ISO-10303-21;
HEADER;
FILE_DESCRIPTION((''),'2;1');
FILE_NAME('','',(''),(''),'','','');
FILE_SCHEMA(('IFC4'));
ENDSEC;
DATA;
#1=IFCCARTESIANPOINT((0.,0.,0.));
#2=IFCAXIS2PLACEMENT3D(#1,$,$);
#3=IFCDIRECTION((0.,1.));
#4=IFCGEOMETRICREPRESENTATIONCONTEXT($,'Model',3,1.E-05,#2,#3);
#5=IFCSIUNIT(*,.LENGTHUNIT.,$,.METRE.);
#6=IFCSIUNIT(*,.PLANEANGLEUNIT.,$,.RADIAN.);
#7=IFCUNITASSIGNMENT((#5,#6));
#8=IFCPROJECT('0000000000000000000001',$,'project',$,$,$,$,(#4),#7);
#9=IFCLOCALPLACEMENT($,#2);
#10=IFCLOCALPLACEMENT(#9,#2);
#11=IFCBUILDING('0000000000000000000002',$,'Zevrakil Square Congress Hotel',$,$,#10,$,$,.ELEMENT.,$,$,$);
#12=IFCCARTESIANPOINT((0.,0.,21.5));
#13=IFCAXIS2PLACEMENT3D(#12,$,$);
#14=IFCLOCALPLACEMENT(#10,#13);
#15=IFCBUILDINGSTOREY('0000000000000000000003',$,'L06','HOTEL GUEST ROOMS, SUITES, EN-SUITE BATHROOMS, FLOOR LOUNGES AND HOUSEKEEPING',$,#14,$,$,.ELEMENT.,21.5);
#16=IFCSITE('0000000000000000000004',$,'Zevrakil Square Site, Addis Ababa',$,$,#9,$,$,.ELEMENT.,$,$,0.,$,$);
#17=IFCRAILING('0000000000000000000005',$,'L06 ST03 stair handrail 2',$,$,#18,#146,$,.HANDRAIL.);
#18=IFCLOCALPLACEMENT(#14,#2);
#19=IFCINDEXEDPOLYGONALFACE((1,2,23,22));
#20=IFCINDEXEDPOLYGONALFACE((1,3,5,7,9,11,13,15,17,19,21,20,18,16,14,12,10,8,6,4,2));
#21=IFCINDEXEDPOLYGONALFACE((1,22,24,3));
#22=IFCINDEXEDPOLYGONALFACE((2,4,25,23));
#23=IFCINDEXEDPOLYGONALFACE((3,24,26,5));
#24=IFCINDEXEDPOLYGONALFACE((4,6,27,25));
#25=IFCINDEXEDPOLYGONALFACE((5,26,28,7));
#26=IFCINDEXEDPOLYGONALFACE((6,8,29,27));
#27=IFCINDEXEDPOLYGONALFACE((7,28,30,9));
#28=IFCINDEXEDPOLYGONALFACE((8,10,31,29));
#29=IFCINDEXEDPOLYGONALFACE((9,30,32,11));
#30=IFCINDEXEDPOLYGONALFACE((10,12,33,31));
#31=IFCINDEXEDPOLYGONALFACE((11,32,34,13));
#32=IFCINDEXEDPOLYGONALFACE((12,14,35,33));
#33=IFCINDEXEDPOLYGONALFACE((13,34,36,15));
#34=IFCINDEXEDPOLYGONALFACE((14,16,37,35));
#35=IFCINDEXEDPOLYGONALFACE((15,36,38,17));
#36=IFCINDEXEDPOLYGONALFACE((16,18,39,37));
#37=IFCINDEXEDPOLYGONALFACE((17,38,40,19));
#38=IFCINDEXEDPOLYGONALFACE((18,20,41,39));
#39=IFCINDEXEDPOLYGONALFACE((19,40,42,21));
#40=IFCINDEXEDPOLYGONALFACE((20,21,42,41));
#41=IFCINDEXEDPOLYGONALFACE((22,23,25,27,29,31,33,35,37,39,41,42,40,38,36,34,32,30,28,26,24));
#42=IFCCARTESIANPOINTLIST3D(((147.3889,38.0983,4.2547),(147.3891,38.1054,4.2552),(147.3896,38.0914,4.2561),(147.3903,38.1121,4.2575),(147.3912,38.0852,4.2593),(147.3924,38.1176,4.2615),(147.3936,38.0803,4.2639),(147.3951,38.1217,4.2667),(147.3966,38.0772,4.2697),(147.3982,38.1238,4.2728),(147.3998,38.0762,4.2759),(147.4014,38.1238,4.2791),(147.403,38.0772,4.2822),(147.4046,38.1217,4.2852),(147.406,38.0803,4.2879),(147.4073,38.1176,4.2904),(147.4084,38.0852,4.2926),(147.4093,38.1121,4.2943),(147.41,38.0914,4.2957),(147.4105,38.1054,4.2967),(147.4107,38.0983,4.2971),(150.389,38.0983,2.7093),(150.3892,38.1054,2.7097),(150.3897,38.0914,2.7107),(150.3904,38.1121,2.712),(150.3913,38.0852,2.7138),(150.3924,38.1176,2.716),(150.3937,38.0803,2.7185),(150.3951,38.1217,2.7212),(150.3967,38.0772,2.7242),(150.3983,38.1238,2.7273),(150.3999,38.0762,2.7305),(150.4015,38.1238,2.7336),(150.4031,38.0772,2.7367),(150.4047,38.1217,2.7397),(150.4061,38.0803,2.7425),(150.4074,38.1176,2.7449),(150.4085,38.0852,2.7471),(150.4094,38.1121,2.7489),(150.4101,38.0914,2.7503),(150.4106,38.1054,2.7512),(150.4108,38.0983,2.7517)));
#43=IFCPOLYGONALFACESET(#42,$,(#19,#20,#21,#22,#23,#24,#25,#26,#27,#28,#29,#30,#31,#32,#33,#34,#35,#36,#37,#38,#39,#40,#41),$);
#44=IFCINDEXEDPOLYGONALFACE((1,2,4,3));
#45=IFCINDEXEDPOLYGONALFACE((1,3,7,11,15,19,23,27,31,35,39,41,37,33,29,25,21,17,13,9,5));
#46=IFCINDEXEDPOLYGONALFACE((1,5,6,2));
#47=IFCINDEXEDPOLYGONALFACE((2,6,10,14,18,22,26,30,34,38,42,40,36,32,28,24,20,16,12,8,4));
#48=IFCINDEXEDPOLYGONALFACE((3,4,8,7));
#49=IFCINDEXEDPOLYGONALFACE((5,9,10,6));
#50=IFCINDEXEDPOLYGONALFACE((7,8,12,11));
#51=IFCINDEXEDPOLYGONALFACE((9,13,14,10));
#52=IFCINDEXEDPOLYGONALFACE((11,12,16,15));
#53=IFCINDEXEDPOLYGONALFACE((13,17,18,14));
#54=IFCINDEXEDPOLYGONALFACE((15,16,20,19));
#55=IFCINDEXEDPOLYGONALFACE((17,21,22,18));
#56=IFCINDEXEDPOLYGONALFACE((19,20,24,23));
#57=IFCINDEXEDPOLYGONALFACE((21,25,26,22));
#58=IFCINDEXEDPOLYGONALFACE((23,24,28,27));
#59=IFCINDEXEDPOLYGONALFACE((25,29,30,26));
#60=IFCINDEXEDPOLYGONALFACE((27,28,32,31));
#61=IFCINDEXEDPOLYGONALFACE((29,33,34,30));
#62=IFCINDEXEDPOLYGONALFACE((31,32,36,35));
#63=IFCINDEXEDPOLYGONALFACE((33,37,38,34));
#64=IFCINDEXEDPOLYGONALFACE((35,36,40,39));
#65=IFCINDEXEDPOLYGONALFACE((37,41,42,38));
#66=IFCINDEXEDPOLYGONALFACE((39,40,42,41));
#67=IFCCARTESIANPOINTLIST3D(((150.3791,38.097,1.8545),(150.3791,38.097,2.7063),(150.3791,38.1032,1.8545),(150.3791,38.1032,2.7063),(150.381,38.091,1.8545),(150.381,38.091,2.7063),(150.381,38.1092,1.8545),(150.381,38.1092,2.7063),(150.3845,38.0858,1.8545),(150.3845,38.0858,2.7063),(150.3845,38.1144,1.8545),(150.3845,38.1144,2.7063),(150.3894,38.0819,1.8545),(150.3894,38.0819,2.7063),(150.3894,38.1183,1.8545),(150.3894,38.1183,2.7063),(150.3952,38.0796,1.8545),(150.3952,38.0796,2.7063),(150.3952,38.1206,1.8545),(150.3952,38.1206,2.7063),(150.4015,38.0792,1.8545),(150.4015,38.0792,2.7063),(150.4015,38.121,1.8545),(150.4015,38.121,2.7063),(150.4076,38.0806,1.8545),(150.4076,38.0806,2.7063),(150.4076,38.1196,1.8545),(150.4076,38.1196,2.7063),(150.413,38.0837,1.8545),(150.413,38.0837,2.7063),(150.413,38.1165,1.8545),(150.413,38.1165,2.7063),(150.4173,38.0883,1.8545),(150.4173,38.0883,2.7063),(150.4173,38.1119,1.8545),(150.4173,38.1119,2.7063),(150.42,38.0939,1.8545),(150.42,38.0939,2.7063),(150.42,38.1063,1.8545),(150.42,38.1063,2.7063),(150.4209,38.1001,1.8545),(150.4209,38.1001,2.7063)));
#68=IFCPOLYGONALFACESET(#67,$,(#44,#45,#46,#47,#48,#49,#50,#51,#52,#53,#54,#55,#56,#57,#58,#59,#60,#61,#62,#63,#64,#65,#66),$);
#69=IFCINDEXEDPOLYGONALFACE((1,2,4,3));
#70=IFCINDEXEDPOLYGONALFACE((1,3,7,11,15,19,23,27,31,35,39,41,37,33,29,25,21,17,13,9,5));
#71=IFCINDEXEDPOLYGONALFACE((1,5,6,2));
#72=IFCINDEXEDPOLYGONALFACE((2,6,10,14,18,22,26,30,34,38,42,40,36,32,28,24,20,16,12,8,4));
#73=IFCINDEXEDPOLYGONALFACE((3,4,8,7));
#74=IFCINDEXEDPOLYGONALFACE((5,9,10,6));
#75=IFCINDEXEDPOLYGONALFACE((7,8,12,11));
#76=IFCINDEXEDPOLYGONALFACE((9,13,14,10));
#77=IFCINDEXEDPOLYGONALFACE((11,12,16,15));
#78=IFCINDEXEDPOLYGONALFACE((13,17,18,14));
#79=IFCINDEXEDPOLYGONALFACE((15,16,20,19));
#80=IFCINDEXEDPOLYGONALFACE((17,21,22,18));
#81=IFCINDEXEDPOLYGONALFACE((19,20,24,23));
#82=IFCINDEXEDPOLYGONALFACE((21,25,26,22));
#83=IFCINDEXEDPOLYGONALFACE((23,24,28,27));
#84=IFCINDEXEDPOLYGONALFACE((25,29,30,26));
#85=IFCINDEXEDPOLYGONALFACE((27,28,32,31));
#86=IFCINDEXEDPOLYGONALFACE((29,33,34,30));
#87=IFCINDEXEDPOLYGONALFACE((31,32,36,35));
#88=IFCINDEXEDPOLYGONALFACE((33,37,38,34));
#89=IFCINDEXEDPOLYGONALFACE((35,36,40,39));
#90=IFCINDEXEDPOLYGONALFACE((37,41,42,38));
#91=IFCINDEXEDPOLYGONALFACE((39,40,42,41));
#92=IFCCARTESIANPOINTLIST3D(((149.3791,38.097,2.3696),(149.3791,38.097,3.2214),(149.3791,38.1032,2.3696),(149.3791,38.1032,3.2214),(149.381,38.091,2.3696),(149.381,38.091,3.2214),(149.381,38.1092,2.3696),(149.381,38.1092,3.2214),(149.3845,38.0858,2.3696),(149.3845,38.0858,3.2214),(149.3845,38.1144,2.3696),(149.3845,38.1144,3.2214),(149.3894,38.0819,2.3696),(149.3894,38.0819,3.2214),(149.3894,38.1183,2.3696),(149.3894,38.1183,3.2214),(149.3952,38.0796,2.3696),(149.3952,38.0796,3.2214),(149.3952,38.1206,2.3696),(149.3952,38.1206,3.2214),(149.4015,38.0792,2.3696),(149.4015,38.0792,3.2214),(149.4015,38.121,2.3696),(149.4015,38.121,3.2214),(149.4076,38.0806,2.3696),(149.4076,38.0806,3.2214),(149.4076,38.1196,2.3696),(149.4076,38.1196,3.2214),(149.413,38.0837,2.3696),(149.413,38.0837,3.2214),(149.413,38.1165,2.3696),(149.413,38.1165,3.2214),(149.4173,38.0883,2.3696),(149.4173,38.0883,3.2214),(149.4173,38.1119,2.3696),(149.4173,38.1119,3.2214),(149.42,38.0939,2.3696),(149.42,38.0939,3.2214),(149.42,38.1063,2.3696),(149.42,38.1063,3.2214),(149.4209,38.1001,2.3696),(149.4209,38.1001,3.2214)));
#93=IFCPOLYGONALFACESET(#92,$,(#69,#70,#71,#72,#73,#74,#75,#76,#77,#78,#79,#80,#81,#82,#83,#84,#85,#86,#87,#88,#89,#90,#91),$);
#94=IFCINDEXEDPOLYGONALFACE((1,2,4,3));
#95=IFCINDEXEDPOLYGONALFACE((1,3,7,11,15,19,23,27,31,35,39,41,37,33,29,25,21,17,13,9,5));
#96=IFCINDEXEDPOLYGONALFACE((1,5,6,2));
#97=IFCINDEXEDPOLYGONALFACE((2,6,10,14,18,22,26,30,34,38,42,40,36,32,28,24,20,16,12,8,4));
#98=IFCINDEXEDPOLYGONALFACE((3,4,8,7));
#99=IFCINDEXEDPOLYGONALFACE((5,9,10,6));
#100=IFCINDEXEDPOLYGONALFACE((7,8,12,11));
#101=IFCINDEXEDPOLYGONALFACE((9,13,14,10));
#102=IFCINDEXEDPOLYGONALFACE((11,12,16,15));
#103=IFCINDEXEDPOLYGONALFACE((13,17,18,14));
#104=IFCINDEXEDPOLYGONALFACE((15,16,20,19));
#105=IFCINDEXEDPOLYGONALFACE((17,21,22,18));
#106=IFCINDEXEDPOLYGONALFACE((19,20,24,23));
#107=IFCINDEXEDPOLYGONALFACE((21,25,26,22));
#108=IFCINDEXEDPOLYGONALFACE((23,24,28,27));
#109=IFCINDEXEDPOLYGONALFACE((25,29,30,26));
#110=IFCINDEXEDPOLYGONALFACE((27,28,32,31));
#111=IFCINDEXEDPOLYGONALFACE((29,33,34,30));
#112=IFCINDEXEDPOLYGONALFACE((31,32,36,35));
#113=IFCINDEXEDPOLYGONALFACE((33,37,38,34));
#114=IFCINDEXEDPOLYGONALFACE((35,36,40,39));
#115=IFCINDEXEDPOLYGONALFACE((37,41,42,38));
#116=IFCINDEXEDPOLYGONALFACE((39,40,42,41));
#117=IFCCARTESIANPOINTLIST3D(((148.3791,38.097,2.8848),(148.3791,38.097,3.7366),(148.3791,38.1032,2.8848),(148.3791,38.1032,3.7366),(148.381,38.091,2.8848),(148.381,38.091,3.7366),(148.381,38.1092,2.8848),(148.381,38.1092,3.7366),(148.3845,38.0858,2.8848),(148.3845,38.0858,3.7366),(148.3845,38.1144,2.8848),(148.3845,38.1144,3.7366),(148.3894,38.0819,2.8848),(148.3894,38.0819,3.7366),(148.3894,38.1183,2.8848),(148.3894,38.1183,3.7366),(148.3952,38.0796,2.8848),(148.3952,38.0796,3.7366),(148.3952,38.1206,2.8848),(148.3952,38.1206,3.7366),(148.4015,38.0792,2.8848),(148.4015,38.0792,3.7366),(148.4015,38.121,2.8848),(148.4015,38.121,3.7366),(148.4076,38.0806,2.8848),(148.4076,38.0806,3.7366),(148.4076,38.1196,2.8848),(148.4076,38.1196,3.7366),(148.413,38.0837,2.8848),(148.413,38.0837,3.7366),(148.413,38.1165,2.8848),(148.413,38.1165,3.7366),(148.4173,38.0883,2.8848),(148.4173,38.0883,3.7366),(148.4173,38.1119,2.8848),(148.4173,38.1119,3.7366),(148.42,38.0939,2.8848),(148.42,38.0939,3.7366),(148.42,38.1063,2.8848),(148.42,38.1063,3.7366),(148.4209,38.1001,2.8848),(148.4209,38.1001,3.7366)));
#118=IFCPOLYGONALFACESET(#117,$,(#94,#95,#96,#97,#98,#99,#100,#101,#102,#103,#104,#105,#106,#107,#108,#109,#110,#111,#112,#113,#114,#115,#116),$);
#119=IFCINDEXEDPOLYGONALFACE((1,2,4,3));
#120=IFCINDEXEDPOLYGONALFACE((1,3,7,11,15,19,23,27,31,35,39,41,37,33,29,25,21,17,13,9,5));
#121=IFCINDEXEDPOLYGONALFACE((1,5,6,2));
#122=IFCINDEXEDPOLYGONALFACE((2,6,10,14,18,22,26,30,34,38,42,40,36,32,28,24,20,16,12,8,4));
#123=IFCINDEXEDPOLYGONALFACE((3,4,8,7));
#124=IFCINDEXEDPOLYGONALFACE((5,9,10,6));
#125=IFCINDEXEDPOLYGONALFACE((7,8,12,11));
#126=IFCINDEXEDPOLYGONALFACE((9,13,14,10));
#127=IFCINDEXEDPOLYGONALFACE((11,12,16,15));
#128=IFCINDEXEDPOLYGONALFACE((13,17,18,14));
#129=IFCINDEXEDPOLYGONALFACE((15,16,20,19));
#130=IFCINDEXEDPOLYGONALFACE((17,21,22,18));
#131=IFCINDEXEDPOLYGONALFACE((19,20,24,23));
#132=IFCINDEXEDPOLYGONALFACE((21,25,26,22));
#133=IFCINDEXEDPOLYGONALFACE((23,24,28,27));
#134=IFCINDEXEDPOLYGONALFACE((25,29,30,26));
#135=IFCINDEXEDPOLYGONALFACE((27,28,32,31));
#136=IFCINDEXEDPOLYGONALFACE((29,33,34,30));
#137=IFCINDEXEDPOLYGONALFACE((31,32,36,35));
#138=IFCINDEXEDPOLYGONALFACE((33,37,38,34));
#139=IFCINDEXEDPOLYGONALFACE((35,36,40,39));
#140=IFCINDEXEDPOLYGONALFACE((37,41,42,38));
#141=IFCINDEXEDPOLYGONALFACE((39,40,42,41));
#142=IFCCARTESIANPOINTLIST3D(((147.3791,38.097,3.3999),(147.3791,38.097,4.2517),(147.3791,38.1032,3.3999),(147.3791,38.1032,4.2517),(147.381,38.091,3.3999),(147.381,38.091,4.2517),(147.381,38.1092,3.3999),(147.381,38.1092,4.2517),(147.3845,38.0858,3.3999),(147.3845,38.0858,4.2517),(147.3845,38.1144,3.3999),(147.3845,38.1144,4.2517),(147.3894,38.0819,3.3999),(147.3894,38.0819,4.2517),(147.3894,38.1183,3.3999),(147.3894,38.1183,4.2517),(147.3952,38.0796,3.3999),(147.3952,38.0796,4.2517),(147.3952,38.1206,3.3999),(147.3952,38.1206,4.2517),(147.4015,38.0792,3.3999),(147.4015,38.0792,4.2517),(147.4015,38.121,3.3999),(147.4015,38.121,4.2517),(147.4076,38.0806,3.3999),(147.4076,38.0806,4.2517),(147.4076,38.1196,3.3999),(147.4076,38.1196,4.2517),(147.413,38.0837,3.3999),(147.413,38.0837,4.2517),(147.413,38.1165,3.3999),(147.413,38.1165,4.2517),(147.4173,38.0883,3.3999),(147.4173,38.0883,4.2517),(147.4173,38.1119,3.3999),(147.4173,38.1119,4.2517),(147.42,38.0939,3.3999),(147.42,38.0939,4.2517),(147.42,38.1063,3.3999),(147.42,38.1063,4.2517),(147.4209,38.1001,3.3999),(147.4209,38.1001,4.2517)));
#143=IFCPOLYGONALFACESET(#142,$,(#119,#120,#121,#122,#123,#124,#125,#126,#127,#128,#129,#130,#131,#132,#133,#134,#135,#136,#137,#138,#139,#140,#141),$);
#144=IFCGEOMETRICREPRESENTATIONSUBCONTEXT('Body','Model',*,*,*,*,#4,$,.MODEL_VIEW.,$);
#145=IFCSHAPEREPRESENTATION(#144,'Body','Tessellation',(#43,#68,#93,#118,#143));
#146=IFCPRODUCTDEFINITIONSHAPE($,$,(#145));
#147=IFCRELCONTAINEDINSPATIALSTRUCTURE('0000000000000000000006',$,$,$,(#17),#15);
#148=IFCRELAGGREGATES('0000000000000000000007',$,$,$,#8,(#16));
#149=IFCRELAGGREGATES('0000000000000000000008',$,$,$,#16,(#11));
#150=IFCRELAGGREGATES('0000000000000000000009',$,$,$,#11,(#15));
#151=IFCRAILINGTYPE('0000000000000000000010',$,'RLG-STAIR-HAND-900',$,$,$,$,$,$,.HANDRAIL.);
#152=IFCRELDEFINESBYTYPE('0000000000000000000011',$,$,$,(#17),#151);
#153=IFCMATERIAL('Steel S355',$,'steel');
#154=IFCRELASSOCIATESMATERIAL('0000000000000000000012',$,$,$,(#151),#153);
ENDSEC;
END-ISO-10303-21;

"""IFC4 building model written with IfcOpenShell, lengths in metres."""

from ifc_helpers import new_model, si_unit, direction, frame, origin, origin_2d, place, context, subcontext, project, spatial, circle, extrude, material, type_object, element, save


model = new_model("IFC4")

# Units and contexts
model_context = context("Model", 3, precision=1e-05, world=origin(), true_north=direction((0.0, 1.0)))
body_context = subcontext(model_context, "Body", "Model", "MODEL_VIEW")
ifc_project = project(units=[si_unit("LENGTHUNIT", "METRE"), si_unit("PLANEANGLEUNIT", "RADIAN")], contexts=[model_context])

# Site, building, storey
site_placement = place(None, origin())
site = spatial("IfcSite", under=ifc_project, at=site_placement, Name="Zevrakil Square Site, Addis Ababa", CompositionType="ELEMENT", RefElevation=0.0)
building_placement = place(site_placement, origin())
building = spatial("IfcBuilding", under=site, at=building_placement, Name="Zevrakil Square Congress Hotel", CompositionType="ELEMENT")
storey_placement = place(building_placement, frame((0.0, 0.0, 21.5)))
storey = spatial("IfcBuildingStorey", under=building, at=storey_placement, Name="L06", Description="HOTEL GUEST ROOMS, SUITES, EN-SUITE BATHROOMS, FLOOR LOUNGES AND HOUSEKEEPING", CompositionType="ELEMENT", Elevation=21.5)

# Railing
ifc_material_1 = material(Name="Steel S355", Category="steel")
railing_type_1 = type_object("IfcRailingType", Name="RLG-STAIR-HAND-900", PredefinedType="HANDRAIL", material=ifc_material_1)
railing_1_placement = place(storey_placement, frame((150.3999, 38.1001, 1.8545)))
element("IfcRailing", 1, at=railing_1_placement, inside=storey, type_object=railing_type_1, Name="L06 ST03 stair handrail 2", PredefinedType="HANDRAIL", context=body_context, shape_type="SweptSolid", body=[
    extrude(circle(Radius=0.0239, at=origin_2d()), frame((0.0, 0.0, 0.876), z_axis=(-0.88898, 0.0, 0.457946), x_axis=(0.0, -1.0, 0.0)), (0.0, 0.0, 1.0), 3.3748),
    extrude(circle(Radius=0.021, at=origin_2d()), origin(), (0.0, 0.0, 1.0), 0.8518),
    extrude(circle(Radius=0.021, at=origin_2d()), frame((-1.0, 0.0, 0.5151)), (0.0, 0.0, 1.0), 0.8518),
    extrude(circle(Radius=0.021, at=origin_2d()), frame((-2.0, 0.0, 1.0303)), (0.0, 0.0, 1.0), 0.8518),
    extrude(circle(Radius=0.021, at=origin_2d()), frame((-3.0, 0.0, 1.5454)), (0.0, 0.0, 1.0), 0.8518),
])

save(model, "model.ifc")
